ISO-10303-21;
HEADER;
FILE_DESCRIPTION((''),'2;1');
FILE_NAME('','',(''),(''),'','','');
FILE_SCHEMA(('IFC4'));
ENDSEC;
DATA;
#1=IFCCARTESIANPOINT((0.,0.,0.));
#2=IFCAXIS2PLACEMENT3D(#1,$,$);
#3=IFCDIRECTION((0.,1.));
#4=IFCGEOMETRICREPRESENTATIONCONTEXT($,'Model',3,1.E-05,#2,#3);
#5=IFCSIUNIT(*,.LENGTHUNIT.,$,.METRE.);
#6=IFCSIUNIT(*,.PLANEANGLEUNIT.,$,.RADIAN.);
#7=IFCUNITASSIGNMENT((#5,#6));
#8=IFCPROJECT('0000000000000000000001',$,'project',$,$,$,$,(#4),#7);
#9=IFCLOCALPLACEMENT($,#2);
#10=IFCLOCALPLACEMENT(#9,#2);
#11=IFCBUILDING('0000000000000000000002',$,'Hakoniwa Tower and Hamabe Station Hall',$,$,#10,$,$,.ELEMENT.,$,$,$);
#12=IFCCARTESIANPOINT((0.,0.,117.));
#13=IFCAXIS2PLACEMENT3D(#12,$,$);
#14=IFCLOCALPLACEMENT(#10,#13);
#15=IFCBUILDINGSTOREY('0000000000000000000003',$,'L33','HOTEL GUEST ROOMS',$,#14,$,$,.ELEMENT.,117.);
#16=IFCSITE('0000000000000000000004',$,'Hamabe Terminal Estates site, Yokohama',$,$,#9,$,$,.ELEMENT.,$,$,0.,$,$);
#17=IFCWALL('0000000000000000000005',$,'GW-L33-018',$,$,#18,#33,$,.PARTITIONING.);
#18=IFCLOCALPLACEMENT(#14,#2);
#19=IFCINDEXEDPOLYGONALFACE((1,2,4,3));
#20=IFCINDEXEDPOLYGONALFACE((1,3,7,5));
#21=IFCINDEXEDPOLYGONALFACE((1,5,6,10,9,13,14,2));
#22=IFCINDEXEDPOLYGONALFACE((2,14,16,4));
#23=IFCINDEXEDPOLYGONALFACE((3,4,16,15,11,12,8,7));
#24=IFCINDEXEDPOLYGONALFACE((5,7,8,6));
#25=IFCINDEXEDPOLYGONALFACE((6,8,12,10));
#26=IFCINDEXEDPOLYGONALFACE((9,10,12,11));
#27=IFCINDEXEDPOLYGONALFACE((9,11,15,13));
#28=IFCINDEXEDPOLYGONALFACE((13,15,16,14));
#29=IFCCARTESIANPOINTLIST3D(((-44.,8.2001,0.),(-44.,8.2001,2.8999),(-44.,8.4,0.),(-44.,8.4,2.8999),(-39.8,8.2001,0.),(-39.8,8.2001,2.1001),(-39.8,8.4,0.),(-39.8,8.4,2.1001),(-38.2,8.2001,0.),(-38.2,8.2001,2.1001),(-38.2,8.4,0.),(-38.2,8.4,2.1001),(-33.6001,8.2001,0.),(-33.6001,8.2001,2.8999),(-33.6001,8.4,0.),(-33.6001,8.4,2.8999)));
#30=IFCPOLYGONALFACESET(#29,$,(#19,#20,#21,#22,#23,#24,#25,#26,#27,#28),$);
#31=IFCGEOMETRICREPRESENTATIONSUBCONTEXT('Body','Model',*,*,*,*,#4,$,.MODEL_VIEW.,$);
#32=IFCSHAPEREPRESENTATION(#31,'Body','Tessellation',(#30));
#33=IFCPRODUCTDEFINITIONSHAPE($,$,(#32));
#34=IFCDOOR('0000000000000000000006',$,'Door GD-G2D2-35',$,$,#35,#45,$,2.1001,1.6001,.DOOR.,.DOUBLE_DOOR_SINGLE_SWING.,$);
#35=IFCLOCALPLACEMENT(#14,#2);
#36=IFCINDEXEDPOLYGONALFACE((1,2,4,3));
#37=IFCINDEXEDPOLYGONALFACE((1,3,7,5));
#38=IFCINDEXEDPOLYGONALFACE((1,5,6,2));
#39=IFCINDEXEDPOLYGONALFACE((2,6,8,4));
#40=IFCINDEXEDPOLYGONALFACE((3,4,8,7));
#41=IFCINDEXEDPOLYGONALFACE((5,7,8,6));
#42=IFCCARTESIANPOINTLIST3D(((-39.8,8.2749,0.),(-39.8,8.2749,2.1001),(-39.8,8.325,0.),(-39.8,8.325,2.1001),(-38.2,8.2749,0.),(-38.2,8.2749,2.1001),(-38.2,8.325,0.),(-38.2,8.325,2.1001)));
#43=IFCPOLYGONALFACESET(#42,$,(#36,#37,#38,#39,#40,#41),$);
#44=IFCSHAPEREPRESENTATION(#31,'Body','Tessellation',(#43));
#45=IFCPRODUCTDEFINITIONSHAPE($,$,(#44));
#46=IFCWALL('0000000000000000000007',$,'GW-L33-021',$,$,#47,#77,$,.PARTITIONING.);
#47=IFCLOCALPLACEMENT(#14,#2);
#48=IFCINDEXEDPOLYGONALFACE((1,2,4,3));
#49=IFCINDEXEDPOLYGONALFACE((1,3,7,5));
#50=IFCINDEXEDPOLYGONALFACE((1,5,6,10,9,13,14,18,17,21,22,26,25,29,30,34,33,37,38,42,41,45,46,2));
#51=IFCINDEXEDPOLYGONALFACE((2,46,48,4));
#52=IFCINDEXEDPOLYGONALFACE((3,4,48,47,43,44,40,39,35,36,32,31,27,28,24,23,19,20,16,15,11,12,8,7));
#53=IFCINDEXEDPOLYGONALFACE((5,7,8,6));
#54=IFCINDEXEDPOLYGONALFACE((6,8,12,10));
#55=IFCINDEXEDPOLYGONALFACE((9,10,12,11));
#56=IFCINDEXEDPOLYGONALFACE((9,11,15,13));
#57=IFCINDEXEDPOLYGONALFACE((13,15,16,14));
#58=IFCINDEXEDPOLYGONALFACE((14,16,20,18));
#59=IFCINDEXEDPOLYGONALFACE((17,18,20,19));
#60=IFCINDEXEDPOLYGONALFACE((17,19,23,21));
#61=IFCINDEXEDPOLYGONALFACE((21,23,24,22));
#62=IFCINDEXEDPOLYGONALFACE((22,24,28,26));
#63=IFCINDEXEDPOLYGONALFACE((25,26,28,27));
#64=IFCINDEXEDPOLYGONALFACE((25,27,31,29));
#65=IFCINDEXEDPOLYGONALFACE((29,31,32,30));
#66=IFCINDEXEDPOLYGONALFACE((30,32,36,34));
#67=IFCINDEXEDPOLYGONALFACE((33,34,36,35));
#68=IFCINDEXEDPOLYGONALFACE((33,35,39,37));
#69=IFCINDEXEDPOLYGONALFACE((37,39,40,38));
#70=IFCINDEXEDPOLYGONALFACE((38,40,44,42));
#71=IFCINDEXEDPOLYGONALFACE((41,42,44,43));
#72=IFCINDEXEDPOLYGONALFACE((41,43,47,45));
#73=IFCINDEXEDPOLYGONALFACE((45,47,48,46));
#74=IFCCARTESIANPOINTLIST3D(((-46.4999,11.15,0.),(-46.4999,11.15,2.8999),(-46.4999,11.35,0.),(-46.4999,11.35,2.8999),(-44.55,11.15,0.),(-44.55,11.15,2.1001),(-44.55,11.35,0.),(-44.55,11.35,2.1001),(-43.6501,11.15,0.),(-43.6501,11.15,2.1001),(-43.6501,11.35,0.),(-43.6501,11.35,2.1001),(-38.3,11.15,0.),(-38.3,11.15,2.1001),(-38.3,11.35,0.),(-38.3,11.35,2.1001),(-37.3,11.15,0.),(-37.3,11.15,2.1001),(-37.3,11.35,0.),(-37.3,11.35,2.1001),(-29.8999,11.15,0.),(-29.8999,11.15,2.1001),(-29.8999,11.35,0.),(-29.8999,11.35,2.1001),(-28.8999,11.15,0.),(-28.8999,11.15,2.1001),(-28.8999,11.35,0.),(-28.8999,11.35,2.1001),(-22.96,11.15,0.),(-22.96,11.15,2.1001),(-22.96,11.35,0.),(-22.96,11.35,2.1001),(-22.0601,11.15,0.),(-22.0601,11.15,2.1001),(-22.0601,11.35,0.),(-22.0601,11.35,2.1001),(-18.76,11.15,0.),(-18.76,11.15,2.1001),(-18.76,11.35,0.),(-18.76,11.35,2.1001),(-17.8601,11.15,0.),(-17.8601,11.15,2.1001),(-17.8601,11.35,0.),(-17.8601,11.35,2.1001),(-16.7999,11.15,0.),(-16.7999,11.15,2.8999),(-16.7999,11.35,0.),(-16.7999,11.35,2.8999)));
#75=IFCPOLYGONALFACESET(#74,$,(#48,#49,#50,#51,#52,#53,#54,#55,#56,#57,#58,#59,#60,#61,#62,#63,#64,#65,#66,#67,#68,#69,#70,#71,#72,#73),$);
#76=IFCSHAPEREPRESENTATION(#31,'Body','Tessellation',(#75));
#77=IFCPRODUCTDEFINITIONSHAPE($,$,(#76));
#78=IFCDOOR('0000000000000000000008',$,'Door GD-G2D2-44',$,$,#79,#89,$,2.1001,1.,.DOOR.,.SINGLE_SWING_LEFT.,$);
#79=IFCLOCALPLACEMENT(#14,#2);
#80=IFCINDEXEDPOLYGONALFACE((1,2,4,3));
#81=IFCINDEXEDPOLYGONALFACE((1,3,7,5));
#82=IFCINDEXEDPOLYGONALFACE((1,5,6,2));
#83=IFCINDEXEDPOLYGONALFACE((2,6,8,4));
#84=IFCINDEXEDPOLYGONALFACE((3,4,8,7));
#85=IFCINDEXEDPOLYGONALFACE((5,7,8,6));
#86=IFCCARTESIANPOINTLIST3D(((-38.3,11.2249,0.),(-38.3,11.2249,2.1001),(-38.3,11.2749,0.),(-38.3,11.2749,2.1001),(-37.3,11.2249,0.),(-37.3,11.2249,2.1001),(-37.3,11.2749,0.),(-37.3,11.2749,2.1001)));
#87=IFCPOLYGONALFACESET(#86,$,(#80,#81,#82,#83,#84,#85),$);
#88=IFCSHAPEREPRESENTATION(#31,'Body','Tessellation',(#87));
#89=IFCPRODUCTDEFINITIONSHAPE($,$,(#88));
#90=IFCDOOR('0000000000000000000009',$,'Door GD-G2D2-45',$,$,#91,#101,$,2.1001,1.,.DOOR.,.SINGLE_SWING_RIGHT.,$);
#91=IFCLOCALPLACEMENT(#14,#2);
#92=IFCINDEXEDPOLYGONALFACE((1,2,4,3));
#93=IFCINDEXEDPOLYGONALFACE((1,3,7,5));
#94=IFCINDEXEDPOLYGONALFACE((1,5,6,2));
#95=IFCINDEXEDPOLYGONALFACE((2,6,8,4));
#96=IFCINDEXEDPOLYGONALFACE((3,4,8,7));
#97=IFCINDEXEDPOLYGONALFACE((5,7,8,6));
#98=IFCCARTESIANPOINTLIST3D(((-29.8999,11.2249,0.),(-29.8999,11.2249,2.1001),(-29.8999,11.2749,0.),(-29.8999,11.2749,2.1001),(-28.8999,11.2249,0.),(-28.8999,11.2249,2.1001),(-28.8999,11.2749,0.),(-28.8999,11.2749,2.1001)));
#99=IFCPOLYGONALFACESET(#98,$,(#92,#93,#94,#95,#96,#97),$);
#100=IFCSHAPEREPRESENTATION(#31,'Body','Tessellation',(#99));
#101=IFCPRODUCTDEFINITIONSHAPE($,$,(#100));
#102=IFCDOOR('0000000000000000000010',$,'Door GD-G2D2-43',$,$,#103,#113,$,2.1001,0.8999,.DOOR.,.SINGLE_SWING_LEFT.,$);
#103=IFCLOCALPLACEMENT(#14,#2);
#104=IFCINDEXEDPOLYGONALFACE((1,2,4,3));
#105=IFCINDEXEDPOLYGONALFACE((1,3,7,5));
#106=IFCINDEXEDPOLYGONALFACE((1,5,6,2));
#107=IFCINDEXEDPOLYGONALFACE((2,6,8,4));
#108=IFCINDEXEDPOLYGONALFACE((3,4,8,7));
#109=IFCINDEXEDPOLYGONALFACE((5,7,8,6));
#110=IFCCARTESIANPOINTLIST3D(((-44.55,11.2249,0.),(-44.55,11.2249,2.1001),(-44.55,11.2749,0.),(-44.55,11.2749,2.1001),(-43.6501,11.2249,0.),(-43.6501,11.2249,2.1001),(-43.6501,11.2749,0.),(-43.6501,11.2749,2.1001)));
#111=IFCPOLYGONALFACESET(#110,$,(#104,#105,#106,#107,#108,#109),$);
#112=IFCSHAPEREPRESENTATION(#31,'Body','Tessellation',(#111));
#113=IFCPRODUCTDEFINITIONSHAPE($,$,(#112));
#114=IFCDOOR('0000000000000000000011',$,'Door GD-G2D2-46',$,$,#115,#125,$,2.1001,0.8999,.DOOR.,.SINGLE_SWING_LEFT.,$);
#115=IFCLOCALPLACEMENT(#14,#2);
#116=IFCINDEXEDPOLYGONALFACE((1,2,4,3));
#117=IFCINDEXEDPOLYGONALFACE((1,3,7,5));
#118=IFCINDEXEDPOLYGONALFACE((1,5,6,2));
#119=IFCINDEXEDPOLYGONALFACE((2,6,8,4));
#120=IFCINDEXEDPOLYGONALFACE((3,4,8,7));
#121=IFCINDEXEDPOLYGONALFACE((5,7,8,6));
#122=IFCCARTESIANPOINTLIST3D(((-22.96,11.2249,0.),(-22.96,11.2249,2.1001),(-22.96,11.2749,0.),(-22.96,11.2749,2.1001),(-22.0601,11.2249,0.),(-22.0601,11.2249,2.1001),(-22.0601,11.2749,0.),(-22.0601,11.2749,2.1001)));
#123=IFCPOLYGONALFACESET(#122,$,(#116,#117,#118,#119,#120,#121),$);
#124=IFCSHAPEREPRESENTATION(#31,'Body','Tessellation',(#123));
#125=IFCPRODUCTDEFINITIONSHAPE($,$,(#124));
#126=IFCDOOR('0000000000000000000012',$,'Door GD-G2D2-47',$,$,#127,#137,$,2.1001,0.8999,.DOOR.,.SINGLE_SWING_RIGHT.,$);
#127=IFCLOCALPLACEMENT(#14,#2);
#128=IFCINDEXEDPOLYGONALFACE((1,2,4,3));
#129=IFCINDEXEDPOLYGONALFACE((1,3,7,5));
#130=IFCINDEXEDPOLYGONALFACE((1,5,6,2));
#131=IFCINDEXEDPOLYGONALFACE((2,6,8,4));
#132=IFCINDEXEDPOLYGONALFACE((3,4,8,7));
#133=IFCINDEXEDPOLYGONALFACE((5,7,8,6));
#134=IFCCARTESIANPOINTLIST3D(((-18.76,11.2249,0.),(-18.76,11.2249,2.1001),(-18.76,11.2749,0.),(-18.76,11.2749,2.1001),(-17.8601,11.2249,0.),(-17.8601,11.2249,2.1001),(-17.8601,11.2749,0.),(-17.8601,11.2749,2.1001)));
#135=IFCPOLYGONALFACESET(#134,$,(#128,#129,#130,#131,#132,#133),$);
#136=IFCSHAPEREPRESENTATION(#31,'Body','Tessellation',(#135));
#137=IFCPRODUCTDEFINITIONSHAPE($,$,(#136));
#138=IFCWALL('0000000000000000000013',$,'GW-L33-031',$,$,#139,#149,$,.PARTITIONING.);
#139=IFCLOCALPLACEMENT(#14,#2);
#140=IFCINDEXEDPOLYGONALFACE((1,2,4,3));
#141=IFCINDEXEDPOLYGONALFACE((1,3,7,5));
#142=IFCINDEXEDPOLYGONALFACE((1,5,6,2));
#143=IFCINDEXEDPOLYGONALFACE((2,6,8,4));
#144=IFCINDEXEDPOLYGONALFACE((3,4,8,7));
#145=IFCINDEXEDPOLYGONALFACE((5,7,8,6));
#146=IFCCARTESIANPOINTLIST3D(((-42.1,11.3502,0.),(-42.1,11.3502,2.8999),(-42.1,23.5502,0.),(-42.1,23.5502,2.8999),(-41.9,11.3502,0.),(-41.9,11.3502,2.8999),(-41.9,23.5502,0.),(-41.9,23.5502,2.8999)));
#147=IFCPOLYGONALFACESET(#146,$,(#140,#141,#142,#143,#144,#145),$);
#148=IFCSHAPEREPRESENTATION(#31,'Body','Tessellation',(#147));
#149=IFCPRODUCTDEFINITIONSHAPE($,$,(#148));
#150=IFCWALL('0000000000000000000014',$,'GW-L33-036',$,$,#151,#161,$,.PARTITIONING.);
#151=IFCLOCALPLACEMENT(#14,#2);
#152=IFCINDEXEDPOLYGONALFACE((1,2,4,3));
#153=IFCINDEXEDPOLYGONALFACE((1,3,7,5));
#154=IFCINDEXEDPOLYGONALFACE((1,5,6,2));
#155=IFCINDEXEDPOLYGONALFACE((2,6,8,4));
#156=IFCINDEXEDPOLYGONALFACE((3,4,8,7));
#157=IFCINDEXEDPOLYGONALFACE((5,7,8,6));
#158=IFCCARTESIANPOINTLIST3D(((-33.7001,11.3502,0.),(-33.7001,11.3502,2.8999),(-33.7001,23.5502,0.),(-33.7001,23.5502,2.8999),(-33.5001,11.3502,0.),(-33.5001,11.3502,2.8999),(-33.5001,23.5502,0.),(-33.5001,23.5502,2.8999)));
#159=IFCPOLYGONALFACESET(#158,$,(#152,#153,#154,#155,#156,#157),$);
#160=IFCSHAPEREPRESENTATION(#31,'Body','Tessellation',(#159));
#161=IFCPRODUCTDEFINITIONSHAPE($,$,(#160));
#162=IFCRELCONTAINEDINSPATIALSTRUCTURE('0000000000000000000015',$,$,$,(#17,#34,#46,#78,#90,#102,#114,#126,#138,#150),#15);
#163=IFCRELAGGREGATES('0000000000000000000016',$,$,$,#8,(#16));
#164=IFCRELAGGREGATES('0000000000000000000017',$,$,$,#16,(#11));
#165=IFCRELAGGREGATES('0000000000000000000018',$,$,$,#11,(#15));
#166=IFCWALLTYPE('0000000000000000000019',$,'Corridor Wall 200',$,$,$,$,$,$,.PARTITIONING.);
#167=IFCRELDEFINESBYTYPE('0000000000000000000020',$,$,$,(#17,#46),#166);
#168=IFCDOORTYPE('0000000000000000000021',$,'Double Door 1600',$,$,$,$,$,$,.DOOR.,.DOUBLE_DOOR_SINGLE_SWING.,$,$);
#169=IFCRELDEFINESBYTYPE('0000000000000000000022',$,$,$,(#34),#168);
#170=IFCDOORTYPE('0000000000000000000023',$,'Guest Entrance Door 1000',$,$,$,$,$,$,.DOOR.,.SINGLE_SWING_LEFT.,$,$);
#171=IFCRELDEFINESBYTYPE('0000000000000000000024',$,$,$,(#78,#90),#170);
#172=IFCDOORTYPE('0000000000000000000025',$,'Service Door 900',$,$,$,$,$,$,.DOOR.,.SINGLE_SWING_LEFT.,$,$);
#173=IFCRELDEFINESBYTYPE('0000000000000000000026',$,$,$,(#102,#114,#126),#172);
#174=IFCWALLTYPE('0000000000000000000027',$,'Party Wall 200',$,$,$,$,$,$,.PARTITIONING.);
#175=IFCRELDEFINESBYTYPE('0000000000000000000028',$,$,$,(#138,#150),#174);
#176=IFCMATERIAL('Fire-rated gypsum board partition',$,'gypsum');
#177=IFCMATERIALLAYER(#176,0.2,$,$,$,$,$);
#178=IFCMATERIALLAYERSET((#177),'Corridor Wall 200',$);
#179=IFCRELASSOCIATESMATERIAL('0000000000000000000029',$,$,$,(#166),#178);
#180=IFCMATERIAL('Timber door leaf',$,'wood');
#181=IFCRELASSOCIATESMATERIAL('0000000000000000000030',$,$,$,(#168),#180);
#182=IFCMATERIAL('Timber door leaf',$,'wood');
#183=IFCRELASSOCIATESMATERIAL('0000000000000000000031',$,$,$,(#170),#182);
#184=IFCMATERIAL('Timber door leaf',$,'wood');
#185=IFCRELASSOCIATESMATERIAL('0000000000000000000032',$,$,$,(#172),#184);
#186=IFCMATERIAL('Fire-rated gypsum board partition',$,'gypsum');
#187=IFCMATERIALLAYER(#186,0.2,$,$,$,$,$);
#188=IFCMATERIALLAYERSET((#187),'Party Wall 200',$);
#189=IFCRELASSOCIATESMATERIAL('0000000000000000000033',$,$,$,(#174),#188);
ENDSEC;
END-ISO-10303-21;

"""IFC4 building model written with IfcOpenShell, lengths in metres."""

from ifc_helpers import new_model, si_unit, direction, frame, frame_2d, origin, place, context, subcontext, project, spatial, rectangle, extrude, material, layer, layer_set, type_object, element, fill, save


model = new_model("IFC4")

# Units and contexts
model_context = context("Model", 3, precision=1e-05, world=origin(), true_north=direction((0.0, 1.0)))
body_context = subcontext(model_context, "Body", "Model", "MODEL_VIEW")
ifc_project = project(units=[si_unit("LENGTHUNIT", "METRE"), si_unit("PLANEANGLEUNIT", "RADIAN")], contexts=[model_context])

# Site, building, storey
site_placement = place(None, origin())
site = spatial("IfcSite", under=ifc_project, at=site_placement, Name="Hamabe Terminal Estates site, Yokohama", CompositionType="ELEMENT", RefElevation=0.0)
building_placement = place(site_placement, origin())
building = spatial("IfcBuilding", under=site, at=building_placement, Name="Hakoniwa Tower and Hamabe Station Hall", CompositionType="ELEMENT")
storey_placement = place(building_placement, frame((0.0, 0.0, 117.0)))
storey = spatial("IfcBuildingStorey", under=building, at=storey_placement, Name="L33", Description="HOTEL GUEST ROOMS", CompositionType="ELEMENT", Elevation=117.0)

# Wall, opening, door
ifc_material_1 = material(Name="Fire-rated gypsum board partition", Category="gypsum")
ifc_layer_1 = layer(ifc_material_1, 0.2)
ifc_layer_set_1 = layer_set([ifc_layer_1], Name="Corridor Wall 200")
wall_type_1 = type_object("IfcWallType", Name="Corridor Wall 200", PredefinedType="PARTITIONING", material=ifc_layer_set_1)
wall_1_placement = place(storey_placement, frame((-44.0, 8.3, 0.0), z_axis=(0.0, 0.0, 1.0), x_axis=(1.0, 0.0, 0.0)))
wall_1 = element("IfcWall", 1, at=wall_1_placement, inside=storey, type_object=wall_type_1, Name="GW-L33-018", PredefinedType="PARTITIONING", context=body_context, shape_type="SweptSolid", body=[
    extrude(rectangle(XDim=10.3999, YDim=0.2, at=frame_2d((5.2, 0.0))), origin(), (0.0, 0.0, 1.0), 2.8999),
])
opening_1_placement = place(wall_1_placement, frame((4.2, 0.0, 0.0)))
opening_1 = element("IfcOpeningElement", 2, at=opening_1_placement, cuts=wall_1, PredefinedType="OPENING", context=body_context, shape_type="SweptSolid", body=[
    extrude(rectangle(XDim=1.6001, YDim=2.1001, at=frame_2d((0.8, 1.05))), frame((0.0, 0.1099, 0.0), z_axis=(0.0, -1.0, 0.0), x_axis=(1.0, 0.0, 0.0)), (0.0, 0.0, 1.0), 0.22),
])
ifc_material_2 = material(Name="Timber door leaf", Category="wood")
door_type_1 = type_object("IfcDoorType", Name="Double Door 1600", OperationType="DOUBLE_DOOR_SINGLE_SWING", PredefinedType="DOOR", material=ifc_material_2)
door_1_placement = place(opening_1_placement, origin())
door_1 = element("IfcDoor", 3, at=door_1_placement, inside=storey, type_object=door_type_1, Name="Door GD-G2D2-35", OperationType="DOUBLE_DOOR_SINGLE_SWING", OverallHeight=2.1001, OverallWidth=1.6001, PredefinedType="DOOR", context=body_context, shape_type="SweptSolid", body=[
    extrude(rectangle(XDim=1.6001, YDim=2.1001, at=frame_2d((0.8, 1.05))), frame((0.0, 0.0249, 0.0), z_axis=(0.0, -1.0, 0.0), x_axis=(1.0, 0.0, 0.0)), (0.0, 0.0, 1.0), 0.05),
])
fill(opening_1, door_1)

# Wall, openings, doors
wall_2_placement = place(storey_placement, frame((-46.5, 11.25, 0.0), z_axis=(0.0, 0.0, 1.0), x_axis=(1.0, 0.0, 0.0)))
wall_2 = element("IfcWall", 4, at=wall_2_placement, inside=storey, type_object=wall_type_1, Name="GW-L33-021", PredefinedType="PARTITIONING", context=body_context, shape_type="SweptSolid", body=[
    extrude(rectangle(XDim=29.7, YDim=0.2, at=frame_2d((14.8501, 0.0))), origin(), (0.0, 0.0, 1.0), 2.8999),
])
opening_2_placement = place(wall_2_placement, frame((1.95, 0.0, 0.0)))
opening_2 = element("IfcOpeningElement", 5, at=opening_2_placement, cuts=wall_2, PredefinedType="OPENING", context=body_context, shape_type="SweptSolid", body=[
    extrude(rectangle(XDim=0.8999, YDim=2.1001, at=frame_2d((0.45, 1.05))), frame((0.0, 0.1099, 0.0), z_axis=(0.0, -1.0, 0.0), x_axis=(1.0, 0.0, 0.0)), (0.0, 0.0, 1.0), 0.22),
])
opening_3_placement = place(wall_2_placement, frame((8.2, 0.0, 0.0)))
opening_3 = element("IfcOpeningElement", 6, at=opening_3_placement, cuts=wall_2, PredefinedType="OPENING", context=body_context, shape_type="SweptSolid", body=[
    extrude(rectangle(XDim=1.0, YDim=2.1001, at=frame_2d((0.5, 1.05))), frame((0.0, 0.1099, 0.0), z_axis=(0.0, -1.0, 0.0), x_axis=(1.0, 0.0, 0.0)), (0.0, 0.0, 1.0), 0.22),
])
opening_4_placement = place(wall_2_placement, frame((16.6001, 0.0, 0.0)))
opening_4 = element("IfcOpeningElement", 7, at=opening_4_placement, cuts=wall_2, PredefinedType="OPENING", context=body_context, shape_type="SweptSolid", body=[
    extrude(rectangle(XDim=1.0, YDim=2.1001, at=frame_2d((0.5, 1.05))), frame((0.0, 0.1099, 0.0), z_axis=(0.0, -1.0, 0.0), x_axis=(1.0, 0.0, 0.0)), (0.0, 0.0, 1.0), 0.22),
])
opening_5_placement = place(wall_2_placement, frame((23.54, 0.0, 0.0)))
opening_5 = element("IfcOpeningElement", 8, at=opening_5_placement, cuts=wall_2, PredefinedType="OPENING", context=body_context, shape_type="SweptSolid", body=[
    extrude(rectangle(XDim=0.8999, YDim=2.1001, at=frame_2d((0.45, 1.05))), frame((0.0, 0.1099, 0.0), z_axis=(0.0, -1.0, 0.0), x_axis=(1.0, 0.0, 0.0)), (0.0, 0.0, 1.0), 0.22),
])
opening_6_placement = place(wall_2_placement, frame((27.74, 0.0, 0.0)))
opening_6 = element("IfcOpeningElement", 9, at=opening_6_placement, cuts=wall_2, PredefinedType="OPENING", context=body_context, shape_type="SweptSolid", body=[
    extrude(rectangle(XDim=0.8999, YDim=2.1001, at=frame_2d((0.45, 1.05))), frame((0.0, 0.1099, 0.0), z_axis=(0.0, -1.0, 0.0), x_axis=(1.0, 0.0, 0.0)), (0.0, 0.0, 1.0), 0.22),
])
ifc_material_3 = material(Name="Timber door leaf", Category="wood")
door_type_2 = type_object("IfcDoorType", Name="Guest Entrance Door 1000", OperationType="SINGLE_SWING_LEFT", PredefinedType="DOOR", material=ifc_material_3)
door_2_placement = place(opening_3_placement, origin())
door_2 = element("IfcDoor", 10, at=door_2_placement, inside=storey, type_object=door_type_2, Name="Door GD-G2D2-44", OperationType="SINGLE_SWING_LEFT", OverallHeight=2.1001, OverallWidth=1.0, PredefinedType="DOOR", context=body_context, shape_type="SweptSolid", body=[
    extrude(rectangle(XDim=1.0, YDim=2.1001, at=frame_2d((0.5, 1.05))), frame((0.0, 0.0249, 0.0), z_axis=(0.0, -1.0, 0.0), x_axis=(1.0, 0.0, 0.0)), (0.0, 0.0, 1.0), 0.05),
])
fill(opening_3, door_2)
door_3_placement = place(opening_4_placement, origin())
door_3 = element("IfcDoor", 11, at=door_3_placement, inside=storey, type_object=door_type_2, Name="Door GD-G2D2-45", OperationType="SINGLE_SWING_RIGHT", OverallHeight=2.1001, OverallWidth=1.0, PredefinedType="DOOR", context=body_context, shape_type="SweptSolid", body=[
    extrude(rectangle(XDim=1.0, YDim=2.1001, at=frame_2d((0.5, 1.05))), frame((0.0, 0.0249, 0.0), z_axis=(0.0, -1.0, 0.0), x_axis=(1.0, 0.0, 0.0)), (0.0, 0.0, 1.0), 0.05),
])
fill(opening_4, door_3)
ifc_material_4 = material(Name="Timber door leaf", Category="wood")
door_type_3 = type_object("IfcDoorType", Name="Service Door 900", OperationType="SINGLE_SWING_LEFT", PredefinedType="DOOR", material=ifc_material_4)
door_4_placement = place(opening_2_placement, origin())
door_4 = element("IfcDoor", 12, at=door_4_placement, inside=storey, type_object=door_type_3, Name="Door GD-G2D2-43", OperationType="SINGLE_SWING_LEFT", OverallHeight=2.1001, OverallWidth=0.8999, PredefinedType="DOOR", context=body_context, shape_type="SweptSolid", body=[
    extrude(rectangle(XDim=0.8999, YDim=2.1001, at=frame_2d((0.45, 1.05))), frame((0.0, 0.0249, 0.0), z_axis=(0.0, -1.0, 0.0), x_axis=(1.0, 0.0, 0.0)), (0.0, 0.0, 1.0), 0.05),
])
fill(opening_2, door_4)
door_5_placement = place(opening_5_placement, origin())
door_5 = element("IfcDoor", 13, at=door_5_placement, inside=storey, type_object=door_type_3, Name="Door GD-G2D2-46", OperationType="SINGLE_SWING_LEFT", OverallHeight=2.1001, OverallWidth=0.8999, PredefinedType="DOOR", context=body_context, shape_type="SweptSolid", body=[
    extrude(rectangle(XDim=0.8999, YDim=2.1001, at=frame_2d((0.45, 1.05))), frame((0.0, 0.0249, 0.0), z_axis=(0.0, -1.0, 0.0), x_axis=(1.0, 0.0, 0.0)), (0.0, 0.0, 1.0), 0.05),
])
fill(opening_5, door_5)
door_6_placement = place(opening_6_placement, origin())
door_6 = element("IfcDoor", 14, at=door_6_placement, inside=storey, type_object=door_type_3, Name="Door GD-G2D2-47", OperationType="SINGLE_SWING_RIGHT", OverallHeight=2.1001, OverallWidth=0.8999, PredefinedType="DOOR", context=body_context, shape_type="SweptSolid", body=[
    extrude(rectangle(XDim=0.8999, YDim=2.1001, at=frame_2d((0.45, 1.05))), frame((0.0, 0.0249, 0.0), z_axis=(0.0, -1.0, 0.0), x_axis=(1.0, 0.0, 0.0)), (0.0, 0.0, 1.0), 0.05),
])
fill(opening_6, door_6)

# Walls
ifc_material_5 = material(Name="Fire-rated gypsum board partition", Category="gypsum")
ifc_layer_2 = layer(ifc_material_5, 0.2)
ifc_layer_set_2 = layer_set([ifc_layer_2], Name="Party Wall 200")
wall_type_2 = type_object("IfcWallType", Name="Party Wall 200", PredefinedType="PARTITIONING", material=ifc_layer_set_2)
for number, where, z_axis, x_axis, name in (
    (15, (-42.0, 11.3501, 0.0), (0.0, 0.0, 1.0), (0.0, 1.0, 0.0), "GW-L33-031"),
    (16, (-33.6001, 11.3501, 0.0), (0.0, 0.0, 1.0), (0.0, 1.0, 0.0), "GW-L33-036"),
):
    element("IfcWall", number, at=place(storey_placement, frame(where, z_axis=z_axis, x_axis=x_axis)), inside=storey, type_object=wall_type_2, Name=name, PredefinedType="PARTITIONING", context=body_context, shape_type="SweptSolid", body=[
        extrude(rectangle(XDim=12.2, YDim=0.2, at=frame_2d((6.1001, 0.0))), origin(), (0.0, 0.0, 1.0), 2.8999),
    ])

save(model, "model.ifc")
